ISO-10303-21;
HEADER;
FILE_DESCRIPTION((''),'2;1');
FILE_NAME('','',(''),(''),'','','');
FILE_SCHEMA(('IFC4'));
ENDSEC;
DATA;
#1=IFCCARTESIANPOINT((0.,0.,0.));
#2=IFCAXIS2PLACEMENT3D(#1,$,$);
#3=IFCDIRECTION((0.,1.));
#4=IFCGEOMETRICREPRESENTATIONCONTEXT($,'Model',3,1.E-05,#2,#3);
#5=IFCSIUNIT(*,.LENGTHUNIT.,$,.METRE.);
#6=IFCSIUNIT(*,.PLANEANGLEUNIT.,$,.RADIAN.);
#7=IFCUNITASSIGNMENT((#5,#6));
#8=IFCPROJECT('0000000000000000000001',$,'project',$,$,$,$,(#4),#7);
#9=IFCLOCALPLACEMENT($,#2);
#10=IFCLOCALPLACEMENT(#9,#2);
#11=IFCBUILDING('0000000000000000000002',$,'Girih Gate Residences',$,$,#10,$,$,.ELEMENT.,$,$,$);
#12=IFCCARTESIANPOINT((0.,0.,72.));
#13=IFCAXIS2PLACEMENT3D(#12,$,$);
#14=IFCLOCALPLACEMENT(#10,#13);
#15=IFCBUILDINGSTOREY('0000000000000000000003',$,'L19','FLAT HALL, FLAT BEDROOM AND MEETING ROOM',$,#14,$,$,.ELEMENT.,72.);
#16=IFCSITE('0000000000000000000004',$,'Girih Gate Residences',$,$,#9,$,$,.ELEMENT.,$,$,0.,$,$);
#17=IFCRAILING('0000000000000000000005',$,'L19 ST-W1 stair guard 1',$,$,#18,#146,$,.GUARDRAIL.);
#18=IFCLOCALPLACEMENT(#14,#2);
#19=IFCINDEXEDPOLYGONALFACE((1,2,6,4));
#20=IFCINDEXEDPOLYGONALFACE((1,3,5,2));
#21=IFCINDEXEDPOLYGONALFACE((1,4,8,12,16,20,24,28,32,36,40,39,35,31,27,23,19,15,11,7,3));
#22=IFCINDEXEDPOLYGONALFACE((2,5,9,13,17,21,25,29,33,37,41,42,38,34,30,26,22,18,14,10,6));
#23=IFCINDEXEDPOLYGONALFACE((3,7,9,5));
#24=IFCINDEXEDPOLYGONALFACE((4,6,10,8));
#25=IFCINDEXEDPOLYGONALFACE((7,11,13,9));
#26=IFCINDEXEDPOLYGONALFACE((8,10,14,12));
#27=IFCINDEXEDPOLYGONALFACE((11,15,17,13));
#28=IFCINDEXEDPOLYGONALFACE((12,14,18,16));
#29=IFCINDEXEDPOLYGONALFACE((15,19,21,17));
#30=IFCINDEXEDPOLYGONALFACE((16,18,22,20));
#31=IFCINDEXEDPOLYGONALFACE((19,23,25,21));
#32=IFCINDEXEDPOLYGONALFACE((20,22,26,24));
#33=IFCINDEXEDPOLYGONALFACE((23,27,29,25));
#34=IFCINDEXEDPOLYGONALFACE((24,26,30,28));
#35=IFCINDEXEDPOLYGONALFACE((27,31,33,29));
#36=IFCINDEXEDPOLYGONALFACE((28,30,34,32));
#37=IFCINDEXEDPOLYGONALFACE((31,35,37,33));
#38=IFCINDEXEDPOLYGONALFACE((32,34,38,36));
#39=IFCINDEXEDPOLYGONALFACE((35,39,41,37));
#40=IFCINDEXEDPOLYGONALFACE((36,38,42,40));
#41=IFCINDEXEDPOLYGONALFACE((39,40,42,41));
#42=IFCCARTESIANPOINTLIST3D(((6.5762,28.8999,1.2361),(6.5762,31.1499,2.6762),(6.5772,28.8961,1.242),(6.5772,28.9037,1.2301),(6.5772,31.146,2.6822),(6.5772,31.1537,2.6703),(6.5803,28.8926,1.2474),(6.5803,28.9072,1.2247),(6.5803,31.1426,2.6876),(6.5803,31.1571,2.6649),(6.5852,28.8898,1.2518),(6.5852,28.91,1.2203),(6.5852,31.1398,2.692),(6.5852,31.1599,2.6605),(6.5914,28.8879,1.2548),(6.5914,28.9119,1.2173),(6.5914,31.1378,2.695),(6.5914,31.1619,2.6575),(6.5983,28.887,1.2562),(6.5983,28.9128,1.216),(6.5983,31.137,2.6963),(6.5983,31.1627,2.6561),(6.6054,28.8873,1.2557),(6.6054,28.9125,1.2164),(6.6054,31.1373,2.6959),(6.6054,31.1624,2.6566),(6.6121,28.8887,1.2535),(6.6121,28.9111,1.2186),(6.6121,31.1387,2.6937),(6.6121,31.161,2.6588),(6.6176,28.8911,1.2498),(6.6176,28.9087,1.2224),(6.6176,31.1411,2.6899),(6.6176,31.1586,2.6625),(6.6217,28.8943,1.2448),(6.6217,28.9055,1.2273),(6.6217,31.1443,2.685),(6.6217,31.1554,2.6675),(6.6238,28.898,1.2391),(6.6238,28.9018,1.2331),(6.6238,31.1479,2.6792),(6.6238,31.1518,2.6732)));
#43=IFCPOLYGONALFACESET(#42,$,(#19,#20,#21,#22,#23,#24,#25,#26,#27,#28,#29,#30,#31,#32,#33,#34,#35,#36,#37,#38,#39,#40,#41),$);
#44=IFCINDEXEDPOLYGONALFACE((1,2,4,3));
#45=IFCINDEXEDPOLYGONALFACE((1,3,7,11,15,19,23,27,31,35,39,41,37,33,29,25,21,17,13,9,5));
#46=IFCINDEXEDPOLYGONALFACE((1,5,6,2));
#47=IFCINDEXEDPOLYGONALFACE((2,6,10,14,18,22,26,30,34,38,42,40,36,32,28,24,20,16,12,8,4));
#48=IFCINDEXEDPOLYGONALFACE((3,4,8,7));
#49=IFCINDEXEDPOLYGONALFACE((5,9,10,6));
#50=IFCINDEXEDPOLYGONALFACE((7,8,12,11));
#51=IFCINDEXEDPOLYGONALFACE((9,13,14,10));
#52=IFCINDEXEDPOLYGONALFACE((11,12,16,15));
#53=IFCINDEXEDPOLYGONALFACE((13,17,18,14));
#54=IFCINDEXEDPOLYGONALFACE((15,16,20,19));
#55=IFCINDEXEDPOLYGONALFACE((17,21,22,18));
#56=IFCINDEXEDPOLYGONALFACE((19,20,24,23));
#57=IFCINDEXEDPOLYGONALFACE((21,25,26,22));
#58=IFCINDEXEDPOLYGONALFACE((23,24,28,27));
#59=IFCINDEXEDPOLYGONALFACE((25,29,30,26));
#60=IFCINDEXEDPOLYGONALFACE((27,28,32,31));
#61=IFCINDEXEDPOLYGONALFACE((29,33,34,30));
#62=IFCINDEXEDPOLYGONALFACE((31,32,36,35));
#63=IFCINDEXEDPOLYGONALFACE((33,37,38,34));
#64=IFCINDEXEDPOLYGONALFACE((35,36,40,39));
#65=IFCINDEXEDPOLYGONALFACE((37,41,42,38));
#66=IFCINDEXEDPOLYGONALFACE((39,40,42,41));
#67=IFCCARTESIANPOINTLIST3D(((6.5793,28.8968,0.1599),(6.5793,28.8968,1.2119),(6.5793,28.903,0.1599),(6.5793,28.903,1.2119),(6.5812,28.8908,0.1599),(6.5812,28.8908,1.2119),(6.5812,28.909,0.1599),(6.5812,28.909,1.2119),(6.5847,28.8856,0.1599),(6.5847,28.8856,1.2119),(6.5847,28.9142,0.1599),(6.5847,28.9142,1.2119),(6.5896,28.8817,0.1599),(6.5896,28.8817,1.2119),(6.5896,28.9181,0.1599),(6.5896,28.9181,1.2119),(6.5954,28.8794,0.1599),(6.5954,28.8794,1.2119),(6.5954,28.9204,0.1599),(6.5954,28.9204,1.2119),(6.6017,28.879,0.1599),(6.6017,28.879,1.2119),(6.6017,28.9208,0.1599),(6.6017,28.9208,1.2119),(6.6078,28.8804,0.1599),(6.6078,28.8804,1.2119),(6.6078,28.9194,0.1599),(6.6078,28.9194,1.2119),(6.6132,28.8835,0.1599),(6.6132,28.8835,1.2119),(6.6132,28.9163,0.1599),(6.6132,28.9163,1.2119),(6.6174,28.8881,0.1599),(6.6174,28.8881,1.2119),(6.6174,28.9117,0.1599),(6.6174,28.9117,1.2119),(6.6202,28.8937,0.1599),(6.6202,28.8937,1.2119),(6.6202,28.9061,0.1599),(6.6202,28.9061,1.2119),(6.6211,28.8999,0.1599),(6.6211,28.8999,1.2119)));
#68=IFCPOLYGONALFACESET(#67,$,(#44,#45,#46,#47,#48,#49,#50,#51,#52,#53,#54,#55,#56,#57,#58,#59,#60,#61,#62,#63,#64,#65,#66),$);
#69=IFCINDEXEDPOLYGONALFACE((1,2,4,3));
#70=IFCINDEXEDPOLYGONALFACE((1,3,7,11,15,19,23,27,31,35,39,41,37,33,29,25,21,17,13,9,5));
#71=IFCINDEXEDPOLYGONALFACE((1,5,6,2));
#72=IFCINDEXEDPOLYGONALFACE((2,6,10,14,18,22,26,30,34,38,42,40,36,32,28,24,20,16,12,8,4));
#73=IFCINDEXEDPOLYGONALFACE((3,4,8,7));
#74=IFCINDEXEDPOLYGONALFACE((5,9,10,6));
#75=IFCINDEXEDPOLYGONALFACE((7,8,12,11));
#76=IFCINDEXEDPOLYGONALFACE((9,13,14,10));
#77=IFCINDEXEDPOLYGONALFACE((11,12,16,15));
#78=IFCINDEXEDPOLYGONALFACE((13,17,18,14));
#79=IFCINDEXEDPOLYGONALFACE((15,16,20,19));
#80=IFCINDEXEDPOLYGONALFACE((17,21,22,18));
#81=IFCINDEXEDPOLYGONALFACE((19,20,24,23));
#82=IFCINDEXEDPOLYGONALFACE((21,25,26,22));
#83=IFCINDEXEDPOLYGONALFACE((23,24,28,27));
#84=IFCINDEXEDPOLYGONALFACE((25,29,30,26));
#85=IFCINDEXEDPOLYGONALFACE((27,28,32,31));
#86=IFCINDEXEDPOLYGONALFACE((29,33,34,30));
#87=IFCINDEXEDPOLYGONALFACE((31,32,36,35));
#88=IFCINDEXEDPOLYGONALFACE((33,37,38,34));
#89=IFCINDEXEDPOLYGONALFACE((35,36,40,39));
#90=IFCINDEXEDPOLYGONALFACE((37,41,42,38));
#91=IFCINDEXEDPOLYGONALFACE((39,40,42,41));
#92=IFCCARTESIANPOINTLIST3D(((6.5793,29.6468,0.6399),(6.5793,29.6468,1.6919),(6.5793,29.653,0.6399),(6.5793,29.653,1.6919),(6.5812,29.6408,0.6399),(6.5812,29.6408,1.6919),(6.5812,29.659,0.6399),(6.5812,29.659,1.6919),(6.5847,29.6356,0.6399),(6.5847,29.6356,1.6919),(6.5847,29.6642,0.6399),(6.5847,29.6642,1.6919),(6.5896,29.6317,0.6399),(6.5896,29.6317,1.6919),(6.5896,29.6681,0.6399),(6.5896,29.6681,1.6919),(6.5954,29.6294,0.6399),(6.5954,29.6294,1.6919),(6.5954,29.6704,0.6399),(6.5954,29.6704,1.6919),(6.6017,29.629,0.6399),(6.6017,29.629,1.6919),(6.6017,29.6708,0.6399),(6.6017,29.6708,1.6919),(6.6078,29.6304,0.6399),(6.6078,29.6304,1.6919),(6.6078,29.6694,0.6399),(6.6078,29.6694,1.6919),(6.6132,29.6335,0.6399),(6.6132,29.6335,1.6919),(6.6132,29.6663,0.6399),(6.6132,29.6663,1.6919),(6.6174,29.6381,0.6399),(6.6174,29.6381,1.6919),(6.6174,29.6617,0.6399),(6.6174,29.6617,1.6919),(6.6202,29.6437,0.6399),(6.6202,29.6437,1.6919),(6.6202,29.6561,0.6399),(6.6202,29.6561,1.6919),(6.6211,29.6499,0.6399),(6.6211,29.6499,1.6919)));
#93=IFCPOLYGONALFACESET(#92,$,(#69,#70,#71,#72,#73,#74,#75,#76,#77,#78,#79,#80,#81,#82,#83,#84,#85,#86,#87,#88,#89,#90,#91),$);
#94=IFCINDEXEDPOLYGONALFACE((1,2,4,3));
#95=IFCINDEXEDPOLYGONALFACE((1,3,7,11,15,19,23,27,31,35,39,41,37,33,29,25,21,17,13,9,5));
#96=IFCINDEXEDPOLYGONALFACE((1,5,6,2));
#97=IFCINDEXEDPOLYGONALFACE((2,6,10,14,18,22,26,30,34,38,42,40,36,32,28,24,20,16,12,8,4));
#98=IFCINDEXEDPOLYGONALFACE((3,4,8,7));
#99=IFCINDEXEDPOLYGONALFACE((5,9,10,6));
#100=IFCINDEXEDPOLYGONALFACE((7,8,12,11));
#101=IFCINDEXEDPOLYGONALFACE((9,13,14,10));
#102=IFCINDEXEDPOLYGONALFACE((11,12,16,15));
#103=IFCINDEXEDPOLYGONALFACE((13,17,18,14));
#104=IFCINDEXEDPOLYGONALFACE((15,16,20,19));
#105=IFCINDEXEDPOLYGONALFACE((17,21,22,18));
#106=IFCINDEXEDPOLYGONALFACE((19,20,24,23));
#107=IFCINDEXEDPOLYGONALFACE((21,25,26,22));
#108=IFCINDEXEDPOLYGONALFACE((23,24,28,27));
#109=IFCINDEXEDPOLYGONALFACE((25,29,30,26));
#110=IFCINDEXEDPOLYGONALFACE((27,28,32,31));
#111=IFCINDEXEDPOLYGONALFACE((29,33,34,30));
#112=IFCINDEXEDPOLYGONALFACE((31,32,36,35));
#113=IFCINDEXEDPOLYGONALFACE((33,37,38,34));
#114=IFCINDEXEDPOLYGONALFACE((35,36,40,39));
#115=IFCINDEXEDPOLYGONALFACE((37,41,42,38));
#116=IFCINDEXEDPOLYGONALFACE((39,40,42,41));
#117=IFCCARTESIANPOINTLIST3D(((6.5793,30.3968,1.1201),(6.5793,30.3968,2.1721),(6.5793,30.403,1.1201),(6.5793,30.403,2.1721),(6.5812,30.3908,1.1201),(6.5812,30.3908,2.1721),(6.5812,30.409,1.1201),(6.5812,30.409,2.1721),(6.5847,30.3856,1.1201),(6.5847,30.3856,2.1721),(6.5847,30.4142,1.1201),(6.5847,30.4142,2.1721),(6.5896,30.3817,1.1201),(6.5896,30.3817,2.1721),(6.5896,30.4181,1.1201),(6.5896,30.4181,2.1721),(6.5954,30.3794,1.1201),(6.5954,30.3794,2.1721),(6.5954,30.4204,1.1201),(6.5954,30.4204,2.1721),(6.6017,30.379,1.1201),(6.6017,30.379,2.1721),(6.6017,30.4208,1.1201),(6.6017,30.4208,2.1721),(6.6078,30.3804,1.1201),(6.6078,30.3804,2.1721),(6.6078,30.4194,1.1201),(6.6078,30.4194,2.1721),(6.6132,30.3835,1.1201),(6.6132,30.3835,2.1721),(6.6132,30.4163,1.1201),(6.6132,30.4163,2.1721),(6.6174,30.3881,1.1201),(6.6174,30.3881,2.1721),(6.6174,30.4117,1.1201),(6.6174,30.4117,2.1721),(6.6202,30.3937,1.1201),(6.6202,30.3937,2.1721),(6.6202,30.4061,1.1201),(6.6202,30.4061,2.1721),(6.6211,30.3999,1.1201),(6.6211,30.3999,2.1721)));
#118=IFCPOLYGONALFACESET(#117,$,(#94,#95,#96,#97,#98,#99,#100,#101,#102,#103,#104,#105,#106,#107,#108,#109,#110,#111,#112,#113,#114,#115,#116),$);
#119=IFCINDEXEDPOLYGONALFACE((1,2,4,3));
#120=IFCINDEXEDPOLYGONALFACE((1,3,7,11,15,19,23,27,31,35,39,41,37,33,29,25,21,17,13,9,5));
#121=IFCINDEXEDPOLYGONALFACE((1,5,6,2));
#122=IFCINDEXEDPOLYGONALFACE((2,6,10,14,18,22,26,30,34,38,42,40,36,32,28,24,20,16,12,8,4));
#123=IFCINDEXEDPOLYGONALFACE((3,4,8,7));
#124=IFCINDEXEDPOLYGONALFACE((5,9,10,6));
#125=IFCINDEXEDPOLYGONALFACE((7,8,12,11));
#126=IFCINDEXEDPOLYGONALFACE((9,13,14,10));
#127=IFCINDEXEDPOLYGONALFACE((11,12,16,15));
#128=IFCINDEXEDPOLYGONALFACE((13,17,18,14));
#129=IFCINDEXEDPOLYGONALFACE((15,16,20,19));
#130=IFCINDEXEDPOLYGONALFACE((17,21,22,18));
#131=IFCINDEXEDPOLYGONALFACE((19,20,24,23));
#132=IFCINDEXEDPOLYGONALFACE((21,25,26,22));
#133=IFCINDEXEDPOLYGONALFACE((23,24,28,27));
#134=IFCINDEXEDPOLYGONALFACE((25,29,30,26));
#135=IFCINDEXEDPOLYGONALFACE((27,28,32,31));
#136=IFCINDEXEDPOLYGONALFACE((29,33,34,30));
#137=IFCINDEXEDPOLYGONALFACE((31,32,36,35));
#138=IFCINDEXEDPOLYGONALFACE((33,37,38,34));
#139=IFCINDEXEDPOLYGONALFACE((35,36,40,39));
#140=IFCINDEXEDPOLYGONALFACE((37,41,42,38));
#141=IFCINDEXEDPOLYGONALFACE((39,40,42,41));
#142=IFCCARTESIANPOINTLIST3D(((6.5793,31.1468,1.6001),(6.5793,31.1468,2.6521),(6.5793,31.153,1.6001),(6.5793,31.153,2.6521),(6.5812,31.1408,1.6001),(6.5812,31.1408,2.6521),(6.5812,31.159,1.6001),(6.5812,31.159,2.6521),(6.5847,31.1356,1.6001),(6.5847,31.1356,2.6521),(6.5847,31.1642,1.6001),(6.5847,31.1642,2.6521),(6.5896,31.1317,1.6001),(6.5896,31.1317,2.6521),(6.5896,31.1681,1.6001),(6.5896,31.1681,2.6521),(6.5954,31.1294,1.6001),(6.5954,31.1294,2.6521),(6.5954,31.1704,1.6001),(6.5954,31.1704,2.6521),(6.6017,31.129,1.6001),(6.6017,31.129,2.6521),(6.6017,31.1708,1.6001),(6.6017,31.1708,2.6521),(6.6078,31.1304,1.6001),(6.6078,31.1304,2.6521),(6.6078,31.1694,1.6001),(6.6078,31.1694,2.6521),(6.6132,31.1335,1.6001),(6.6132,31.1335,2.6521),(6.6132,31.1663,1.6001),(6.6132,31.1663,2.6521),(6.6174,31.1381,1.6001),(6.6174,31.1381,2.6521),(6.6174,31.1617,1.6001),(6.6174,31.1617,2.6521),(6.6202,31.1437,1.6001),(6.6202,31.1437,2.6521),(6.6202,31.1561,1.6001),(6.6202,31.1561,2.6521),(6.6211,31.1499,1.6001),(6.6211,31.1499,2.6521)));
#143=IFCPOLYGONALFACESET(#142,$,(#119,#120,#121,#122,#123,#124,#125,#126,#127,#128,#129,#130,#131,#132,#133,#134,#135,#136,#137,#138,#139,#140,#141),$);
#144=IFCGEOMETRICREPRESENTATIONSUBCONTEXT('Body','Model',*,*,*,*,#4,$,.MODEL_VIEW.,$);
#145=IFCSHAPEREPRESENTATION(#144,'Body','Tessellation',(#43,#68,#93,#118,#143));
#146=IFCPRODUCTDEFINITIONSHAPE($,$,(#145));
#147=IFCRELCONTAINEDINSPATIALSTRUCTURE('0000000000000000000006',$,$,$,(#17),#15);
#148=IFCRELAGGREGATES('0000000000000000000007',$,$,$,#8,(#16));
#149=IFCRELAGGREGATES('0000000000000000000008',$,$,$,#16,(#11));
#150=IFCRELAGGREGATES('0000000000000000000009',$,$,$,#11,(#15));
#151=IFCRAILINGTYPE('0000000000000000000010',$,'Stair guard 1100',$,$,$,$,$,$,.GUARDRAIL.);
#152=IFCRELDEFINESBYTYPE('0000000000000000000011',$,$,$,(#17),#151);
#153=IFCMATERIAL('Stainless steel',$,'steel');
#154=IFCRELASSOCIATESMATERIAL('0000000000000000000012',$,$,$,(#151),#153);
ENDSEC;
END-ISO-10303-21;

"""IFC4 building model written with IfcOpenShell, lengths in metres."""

from ifc_helpers import new_model, si_unit, direction, frame, origin, origin_2d, place, context, subcontext, project, spatial, circle, extrude, material, type_object, element, save


model = new_model("IFC4")

# Units and contexts
model_context = context("Model", 3, precision=1e-05, world=origin(), true_north=direction((0.0, 1.0)))
body_context = subcontext(model_context, "Body", "Model", "MODEL_VIEW")
ifc_project = project(units=[si_unit("LENGTHUNIT", "METRE"), si_unit("PLANEANGLEUNIT", "RADIAN")], contexts=[model_context])

# Site, building, storey
site_placement = place(None, origin())
site = spatial("IfcSite", under=ifc_project, at=site_placement, Name="Girih Gate Residences", CompositionType="ELEMENT", RefElevation=0.0)
building_placement = place(site_placement, origin())
building = spatial("IfcBuilding", under=site, at=building_placement, Name="Girih Gate Residences", CompositionType="ELEMENT")
storey_placement = place(building_placement, frame((0.0, 0.0, 72.0)))
storey = spatial("IfcBuildingStorey", under=building, at=storey_placement, Name="L19", Description="FLAT HALL, FLAT BEDROOM AND MEETING ROOM", CompositionType="ELEMENT", Elevation=72.0)

# Railing
ifc_material_1 = material(Name="Stainless steel", Category="steel")
railing_type_1 = type_object("IfcRailingType", Name="Stair guard 1100", PredefinedType="GUARDRAIL", material=ifc_material_1)
railing_1_placement = place(storey_placement, frame((6.6001, 28.8999, 0.1599)))
element("IfcRailing", 1, at=railing_1_placement, inside=storey, type_object=railing_type_1, Name="L19 ST-W1 stair guard 1", PredefinedType="GUARDRAIL", context=body_context, shape_type="SweptSolid", body=[
    extrude(circle(Radius=0.0239, at=origin_2d()), frame((0.0, 0.0, 1.0762), z_axis=(0.0, 0.84224, 0.539103), x_axis=(-1.0, 0.0, 0.0)), (0.0, 0.0, 1.0), 2.6714),
    extrude(circle(Radius=0.021, at=origin_2d()), origin(), (0.0, 0.0, 1.0), 1.052),
    extrude(circle(Radius=0.021, at=origin_2d()), frame((0.0, 0.75, 0.48)), (0.0, 0.0, 1.0), 1.052),
    extrude(circle(Radius=0.021, at=origin_2d()), frame((0.0, 1.5, 0.9602)), (0.0, 0.0, 1.0), 1.052),
    extrude(circle(Radius=0.021, at=origin_2d()), frame((0.0, 2.25, 1.4402)), (0.0, 0.0, 1.0), 1.052),
])

save(model, "model.ifc")
